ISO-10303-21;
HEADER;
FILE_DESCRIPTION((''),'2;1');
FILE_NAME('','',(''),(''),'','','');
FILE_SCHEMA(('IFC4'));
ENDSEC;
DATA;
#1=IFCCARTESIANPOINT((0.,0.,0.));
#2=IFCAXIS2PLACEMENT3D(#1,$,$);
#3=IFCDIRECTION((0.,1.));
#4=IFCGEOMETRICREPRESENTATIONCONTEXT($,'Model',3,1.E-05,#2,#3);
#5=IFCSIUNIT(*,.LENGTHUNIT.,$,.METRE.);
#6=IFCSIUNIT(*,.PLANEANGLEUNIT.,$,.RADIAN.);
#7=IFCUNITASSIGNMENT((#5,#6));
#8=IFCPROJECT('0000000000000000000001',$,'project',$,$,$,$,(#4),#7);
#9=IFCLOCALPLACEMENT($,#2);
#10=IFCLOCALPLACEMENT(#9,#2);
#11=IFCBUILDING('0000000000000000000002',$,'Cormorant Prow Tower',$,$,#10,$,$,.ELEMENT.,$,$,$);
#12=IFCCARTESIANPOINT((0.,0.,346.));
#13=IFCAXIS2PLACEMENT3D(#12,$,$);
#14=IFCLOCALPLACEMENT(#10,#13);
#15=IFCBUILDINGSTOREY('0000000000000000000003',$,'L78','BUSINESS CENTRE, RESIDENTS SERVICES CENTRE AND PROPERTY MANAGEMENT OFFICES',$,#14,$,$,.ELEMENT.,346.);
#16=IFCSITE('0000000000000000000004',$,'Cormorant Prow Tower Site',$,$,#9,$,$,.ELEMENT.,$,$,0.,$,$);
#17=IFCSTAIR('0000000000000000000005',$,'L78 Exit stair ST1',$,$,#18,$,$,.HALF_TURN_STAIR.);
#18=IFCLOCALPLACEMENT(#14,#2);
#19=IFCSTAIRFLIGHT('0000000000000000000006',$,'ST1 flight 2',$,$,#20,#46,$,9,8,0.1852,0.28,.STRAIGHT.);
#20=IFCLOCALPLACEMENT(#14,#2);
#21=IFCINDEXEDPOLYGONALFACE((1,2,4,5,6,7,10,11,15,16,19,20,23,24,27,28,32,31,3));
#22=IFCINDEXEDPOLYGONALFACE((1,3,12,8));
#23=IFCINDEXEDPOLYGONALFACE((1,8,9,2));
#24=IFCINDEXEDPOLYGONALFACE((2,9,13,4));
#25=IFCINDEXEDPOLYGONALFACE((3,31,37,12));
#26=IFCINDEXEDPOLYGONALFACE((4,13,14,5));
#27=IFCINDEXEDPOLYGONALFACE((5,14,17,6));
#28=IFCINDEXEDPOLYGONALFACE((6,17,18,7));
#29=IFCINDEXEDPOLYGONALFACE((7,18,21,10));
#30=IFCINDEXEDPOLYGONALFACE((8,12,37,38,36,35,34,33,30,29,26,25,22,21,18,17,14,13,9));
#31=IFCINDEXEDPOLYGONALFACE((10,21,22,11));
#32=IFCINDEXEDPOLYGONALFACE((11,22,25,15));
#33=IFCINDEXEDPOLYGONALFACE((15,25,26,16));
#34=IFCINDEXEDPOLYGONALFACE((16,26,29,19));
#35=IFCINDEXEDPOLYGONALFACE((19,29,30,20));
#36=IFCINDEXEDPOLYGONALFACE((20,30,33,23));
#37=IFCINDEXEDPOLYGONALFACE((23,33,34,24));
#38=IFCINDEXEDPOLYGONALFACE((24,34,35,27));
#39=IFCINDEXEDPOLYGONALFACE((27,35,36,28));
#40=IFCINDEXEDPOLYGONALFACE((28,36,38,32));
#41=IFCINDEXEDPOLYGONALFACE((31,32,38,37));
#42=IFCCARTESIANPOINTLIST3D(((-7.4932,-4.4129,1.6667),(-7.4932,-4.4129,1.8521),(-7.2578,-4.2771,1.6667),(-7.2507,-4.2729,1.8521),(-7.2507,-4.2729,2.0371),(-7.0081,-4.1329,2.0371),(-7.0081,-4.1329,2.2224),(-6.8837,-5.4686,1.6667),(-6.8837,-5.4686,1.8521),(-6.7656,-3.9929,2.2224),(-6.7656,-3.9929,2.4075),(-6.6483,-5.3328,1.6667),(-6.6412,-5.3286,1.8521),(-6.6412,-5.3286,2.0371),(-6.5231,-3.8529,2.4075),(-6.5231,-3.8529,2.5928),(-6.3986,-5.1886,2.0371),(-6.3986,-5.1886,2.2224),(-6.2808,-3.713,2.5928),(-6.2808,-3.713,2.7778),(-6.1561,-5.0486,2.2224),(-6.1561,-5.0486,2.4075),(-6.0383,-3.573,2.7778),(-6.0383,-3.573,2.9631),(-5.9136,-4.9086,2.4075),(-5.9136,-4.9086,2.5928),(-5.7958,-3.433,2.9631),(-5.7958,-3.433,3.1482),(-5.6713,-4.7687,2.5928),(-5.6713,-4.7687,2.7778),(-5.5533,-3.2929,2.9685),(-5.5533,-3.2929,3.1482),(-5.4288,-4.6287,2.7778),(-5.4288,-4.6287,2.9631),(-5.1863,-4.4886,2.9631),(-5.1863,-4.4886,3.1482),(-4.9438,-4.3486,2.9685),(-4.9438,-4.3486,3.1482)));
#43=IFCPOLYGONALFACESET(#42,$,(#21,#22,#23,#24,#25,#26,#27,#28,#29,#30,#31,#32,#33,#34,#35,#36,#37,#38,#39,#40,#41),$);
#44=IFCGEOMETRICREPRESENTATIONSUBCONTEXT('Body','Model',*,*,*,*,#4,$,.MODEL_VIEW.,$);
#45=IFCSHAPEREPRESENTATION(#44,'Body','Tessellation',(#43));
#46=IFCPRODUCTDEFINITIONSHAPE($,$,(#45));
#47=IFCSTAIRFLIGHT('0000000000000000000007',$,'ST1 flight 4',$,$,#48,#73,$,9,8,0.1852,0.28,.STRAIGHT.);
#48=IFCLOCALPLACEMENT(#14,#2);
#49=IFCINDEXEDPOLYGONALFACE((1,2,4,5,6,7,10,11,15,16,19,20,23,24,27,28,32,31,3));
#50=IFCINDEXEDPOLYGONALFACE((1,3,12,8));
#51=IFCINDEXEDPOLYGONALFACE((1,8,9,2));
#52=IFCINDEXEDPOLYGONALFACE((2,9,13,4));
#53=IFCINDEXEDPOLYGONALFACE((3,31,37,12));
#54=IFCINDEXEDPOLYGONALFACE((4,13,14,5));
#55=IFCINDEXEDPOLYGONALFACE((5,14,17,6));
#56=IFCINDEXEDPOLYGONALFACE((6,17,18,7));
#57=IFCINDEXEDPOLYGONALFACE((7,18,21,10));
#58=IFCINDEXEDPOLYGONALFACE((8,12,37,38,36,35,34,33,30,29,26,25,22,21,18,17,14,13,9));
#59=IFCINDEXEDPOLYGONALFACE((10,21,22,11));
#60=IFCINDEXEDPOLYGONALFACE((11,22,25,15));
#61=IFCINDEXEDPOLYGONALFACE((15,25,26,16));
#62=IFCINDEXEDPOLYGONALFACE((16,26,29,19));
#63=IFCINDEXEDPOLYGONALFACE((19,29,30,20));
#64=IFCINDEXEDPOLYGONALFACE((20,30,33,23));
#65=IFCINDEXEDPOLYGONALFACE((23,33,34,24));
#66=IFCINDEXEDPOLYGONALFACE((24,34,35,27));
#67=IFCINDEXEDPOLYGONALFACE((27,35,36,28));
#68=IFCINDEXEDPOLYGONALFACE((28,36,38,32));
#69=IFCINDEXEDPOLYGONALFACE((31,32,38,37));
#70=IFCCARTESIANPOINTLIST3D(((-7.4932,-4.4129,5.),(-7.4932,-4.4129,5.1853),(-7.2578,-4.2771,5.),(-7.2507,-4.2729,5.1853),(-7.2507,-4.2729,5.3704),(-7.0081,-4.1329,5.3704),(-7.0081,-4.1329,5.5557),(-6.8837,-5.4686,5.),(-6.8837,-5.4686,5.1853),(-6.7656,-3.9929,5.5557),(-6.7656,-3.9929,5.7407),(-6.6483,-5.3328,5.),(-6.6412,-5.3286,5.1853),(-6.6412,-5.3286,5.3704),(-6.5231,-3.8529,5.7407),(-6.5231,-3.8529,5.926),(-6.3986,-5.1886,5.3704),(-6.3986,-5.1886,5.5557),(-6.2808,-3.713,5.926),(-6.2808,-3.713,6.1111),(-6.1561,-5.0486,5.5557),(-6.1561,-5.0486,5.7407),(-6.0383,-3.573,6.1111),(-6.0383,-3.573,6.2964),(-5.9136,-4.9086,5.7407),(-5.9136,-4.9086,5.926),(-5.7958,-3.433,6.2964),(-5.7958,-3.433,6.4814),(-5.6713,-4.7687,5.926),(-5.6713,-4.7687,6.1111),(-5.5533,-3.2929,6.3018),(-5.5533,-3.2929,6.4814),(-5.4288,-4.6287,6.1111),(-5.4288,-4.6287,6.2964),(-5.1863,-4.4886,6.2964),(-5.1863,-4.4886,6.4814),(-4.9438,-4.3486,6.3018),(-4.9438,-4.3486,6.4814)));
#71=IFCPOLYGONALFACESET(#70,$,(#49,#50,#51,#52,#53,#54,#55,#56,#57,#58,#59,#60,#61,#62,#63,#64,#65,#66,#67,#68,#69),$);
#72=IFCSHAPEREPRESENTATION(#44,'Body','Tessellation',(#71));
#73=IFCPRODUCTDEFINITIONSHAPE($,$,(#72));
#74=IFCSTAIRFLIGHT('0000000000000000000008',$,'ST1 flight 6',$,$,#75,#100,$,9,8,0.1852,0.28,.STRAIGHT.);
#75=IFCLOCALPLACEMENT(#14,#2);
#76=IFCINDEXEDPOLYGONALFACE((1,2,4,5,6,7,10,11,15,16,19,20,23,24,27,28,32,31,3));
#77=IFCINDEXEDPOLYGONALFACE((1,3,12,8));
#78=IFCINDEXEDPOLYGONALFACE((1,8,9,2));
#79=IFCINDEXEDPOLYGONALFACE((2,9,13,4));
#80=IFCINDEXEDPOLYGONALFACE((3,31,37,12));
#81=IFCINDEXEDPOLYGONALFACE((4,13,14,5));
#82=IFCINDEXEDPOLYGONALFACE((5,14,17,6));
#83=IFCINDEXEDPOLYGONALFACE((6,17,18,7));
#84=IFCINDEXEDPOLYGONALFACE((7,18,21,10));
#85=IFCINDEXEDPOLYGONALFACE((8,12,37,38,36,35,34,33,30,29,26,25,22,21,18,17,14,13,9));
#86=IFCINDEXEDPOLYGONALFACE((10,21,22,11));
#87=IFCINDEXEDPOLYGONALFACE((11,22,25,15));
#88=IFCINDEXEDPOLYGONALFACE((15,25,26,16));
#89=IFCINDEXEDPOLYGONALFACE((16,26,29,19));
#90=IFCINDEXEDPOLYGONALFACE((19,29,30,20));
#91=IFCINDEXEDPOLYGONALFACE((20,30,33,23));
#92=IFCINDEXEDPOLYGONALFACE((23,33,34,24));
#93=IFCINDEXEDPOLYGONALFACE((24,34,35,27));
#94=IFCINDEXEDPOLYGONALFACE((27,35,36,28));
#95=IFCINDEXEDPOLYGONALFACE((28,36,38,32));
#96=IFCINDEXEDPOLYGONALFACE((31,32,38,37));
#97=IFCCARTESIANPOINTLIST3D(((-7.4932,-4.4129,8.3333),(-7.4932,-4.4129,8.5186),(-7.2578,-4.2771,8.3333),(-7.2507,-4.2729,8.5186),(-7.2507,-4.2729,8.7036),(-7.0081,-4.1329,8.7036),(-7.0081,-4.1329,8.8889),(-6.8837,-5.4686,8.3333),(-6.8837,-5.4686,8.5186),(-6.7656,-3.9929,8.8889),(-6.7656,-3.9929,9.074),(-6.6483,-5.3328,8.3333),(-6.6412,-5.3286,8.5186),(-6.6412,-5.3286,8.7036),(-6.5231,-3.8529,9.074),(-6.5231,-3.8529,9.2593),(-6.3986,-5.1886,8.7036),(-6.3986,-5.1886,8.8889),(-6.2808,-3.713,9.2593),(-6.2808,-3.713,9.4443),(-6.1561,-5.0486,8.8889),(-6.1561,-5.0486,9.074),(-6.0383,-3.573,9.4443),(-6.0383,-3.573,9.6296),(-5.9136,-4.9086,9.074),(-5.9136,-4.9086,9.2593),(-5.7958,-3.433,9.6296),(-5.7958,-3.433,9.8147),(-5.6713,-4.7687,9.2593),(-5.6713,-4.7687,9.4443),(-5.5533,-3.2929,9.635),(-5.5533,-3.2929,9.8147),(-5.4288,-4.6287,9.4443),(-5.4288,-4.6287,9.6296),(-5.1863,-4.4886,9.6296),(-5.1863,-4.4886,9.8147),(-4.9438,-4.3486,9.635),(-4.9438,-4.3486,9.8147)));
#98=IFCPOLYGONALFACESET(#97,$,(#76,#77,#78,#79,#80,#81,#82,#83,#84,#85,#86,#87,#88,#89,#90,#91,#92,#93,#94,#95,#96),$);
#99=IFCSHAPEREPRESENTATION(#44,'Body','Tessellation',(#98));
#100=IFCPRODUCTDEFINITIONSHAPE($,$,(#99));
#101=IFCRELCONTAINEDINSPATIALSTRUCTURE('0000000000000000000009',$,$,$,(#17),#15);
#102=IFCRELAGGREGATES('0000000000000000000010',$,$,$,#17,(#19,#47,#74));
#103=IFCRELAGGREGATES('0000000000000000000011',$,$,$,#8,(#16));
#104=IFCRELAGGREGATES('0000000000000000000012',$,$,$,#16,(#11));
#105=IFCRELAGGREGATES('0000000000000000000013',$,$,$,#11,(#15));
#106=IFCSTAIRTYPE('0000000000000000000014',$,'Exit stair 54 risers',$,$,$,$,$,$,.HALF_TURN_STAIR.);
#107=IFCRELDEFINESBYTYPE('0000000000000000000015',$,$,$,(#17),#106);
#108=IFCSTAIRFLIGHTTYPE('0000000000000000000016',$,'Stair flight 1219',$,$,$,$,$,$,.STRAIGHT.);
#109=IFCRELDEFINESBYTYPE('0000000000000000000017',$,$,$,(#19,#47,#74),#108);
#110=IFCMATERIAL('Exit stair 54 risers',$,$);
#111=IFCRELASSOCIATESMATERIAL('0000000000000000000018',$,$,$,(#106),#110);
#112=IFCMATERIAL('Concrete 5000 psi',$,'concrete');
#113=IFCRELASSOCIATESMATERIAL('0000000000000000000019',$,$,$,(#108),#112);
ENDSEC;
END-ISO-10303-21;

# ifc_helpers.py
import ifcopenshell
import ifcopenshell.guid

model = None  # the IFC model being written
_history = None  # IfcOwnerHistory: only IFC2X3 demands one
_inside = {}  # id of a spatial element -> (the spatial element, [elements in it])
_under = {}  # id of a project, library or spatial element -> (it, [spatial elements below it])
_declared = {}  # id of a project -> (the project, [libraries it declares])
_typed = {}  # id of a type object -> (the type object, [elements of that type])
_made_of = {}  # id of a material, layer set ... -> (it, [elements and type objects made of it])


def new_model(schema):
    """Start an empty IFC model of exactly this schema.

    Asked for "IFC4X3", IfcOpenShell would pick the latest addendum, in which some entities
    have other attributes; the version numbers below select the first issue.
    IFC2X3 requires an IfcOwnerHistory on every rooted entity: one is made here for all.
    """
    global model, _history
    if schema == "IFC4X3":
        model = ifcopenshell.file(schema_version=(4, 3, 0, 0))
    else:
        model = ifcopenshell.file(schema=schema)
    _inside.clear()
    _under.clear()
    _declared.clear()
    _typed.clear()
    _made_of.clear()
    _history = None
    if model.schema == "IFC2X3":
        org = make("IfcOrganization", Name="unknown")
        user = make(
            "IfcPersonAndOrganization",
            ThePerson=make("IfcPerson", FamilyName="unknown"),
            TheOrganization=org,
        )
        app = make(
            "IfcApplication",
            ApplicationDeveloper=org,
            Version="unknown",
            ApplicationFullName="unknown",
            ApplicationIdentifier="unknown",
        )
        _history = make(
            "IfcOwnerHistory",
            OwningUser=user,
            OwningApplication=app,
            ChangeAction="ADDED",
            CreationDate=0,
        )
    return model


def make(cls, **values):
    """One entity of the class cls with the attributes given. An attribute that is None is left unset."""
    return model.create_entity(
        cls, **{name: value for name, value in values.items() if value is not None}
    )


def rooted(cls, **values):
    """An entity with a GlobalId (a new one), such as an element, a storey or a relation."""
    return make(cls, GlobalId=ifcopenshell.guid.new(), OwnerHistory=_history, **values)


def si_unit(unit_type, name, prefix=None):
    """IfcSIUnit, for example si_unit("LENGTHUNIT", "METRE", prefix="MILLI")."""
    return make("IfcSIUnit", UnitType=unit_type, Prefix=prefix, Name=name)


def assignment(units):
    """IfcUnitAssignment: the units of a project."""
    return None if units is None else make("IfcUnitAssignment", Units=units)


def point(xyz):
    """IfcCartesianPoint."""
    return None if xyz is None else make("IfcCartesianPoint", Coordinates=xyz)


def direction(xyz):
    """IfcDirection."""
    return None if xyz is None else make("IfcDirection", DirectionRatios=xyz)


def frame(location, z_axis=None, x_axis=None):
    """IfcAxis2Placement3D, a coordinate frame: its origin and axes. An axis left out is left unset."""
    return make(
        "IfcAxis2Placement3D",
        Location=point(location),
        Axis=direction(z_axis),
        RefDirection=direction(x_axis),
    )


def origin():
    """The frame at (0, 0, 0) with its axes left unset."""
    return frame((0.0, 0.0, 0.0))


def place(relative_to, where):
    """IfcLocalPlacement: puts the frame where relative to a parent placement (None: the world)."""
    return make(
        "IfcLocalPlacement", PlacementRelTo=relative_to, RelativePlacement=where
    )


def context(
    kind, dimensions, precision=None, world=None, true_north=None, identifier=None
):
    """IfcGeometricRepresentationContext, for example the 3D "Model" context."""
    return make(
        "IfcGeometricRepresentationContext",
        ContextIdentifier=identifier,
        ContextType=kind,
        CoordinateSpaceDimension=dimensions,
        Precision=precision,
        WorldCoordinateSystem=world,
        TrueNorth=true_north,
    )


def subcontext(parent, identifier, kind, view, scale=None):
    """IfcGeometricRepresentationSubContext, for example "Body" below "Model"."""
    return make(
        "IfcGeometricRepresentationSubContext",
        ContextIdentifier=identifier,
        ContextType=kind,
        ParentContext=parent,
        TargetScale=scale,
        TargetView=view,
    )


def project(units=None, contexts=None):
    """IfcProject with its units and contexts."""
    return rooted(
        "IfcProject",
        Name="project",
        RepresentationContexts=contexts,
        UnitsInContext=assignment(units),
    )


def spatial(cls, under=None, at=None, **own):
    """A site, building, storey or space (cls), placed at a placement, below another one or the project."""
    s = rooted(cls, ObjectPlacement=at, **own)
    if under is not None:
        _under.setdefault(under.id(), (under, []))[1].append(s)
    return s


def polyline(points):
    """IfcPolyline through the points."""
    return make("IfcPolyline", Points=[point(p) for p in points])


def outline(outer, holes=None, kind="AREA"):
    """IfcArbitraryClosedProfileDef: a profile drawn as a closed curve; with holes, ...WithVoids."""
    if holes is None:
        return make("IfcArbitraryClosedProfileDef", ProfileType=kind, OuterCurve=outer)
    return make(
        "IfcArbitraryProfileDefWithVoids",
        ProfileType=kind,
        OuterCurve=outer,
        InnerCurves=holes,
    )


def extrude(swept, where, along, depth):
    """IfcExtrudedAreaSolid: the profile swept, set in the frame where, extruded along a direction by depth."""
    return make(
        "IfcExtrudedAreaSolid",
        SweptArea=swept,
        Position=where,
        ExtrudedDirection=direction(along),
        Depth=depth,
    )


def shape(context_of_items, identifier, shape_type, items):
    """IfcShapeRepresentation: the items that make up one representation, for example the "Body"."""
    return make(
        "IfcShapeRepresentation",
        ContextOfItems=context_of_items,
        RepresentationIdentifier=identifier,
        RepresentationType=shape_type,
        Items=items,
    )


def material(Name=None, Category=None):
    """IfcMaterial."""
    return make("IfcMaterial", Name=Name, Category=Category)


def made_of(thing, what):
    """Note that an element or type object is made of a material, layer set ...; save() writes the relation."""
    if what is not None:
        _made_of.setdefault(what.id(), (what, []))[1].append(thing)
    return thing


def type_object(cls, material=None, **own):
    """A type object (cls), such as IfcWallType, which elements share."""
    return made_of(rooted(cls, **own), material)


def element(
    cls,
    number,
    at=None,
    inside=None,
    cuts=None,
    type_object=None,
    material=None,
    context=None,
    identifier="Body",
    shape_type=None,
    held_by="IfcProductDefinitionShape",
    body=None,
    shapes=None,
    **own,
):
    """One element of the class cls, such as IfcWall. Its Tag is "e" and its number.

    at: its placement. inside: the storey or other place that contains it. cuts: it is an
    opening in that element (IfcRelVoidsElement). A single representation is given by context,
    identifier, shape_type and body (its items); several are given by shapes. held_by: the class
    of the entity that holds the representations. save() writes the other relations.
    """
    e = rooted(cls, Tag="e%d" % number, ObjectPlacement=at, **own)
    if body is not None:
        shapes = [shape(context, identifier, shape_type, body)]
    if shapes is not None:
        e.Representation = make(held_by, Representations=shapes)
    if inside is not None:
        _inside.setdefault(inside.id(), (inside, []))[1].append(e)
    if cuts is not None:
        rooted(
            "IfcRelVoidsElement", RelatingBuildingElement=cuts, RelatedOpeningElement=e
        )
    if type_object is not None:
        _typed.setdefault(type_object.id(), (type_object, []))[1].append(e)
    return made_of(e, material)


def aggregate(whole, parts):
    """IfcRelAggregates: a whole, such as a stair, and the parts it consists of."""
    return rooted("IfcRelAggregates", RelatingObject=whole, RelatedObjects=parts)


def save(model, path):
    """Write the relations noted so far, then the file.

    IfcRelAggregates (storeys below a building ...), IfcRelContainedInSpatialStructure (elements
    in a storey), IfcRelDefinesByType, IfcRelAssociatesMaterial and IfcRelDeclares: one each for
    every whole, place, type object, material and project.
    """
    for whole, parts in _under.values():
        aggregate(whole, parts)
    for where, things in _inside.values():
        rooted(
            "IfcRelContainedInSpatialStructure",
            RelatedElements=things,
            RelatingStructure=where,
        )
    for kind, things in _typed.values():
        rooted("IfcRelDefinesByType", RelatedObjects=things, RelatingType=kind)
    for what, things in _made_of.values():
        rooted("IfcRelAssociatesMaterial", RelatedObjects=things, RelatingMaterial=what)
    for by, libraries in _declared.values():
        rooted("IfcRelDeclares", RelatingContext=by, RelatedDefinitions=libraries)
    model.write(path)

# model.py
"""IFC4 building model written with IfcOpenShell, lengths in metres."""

from ifc_helpers import new_model, si_unit, direction, frame, origin, place, context, subcontext, project, spatial, polyline, outline, extrude, material, type_object, element, aggregate, save


model = new_model("IFC4")

# Units and contexts
model_context = context("Model", 3, precision=1e-05, world=origin(), true_north=direction((0.0, 1.0)))
body_context = subcontext(model_context, "Body", "Model", "MODEL_VIEW")
ifc_project = project(units=[si_unit("LENGTHUNIT", "METRE"), si_unit("PLANEANGLEUNIT", "RADIAN")], contexts=[model_context])

# Site, building, storey
site_placement = place(None, origin())
site = spatial("IfcSite", under=ifc_project, at=site_placement, Name="Cormorant Prow Tower Site", CompositionType="ELEMENT", RefElevation=0.0)
building_placement = place(site_placement, origin())
building = spatial("IfcBuilding", under=site, at=building_placement, Name="Cormorant Prow Tower", CompositionType="ELEMENT")
storey_placement = place(building_placement, frame((0.0, 0.0, 346.0)))
storey = spatial("IfcBuildingStorey", under=building, at=storey_placement, Name="L78", Description="BUSINESS CENTRE, RESIDENTS SERVICES CENTRE AND PROPERTY MANAGEMENT OFFICES", CompositionType="ELEMENT", Elevation=346.0)

# Stair, stair flights
ifc_material_1 = material(Name="Exit stair 54 risers")
stair_type = type_object("IfcStairType", Name="Exit stair 54 risers", PredefinedType="HALF_TURN_STAIR", material=ifc_material_1)
stair_placement = place(storey_placement, origin())
stair = element("IfcStair", 1, at=stair_placement, inside=storey, type_object=stair_type, Name="L78 Exit stair ST1", PredefinedType="HALF_TURN_STAIR")
ifc_material_2 = material(Name="Concrete 5000 psi", Category="concrete")
stair_flight_type = type_object("IfcStairFlightType", Name="Stair flight 1219", PredefinedType="STRAIGHT", material=ifc_material_2)
stair_flight_1_placement = place(storey_placement, frame((-7.1885, -4.9407, 1.6667), z_axis=(0.0, 0.0, 1.0), x_axis=(0.866025, 0.5, 0.0)))
stair_flight_1 = element("IfcStairFlight", 2, at=stair_flight_1_placement, type_object=stair_flight_type, Name="ST1 flight 2", NumberOfRisers=9, NumberOfTreads=8, PredefinedType="STRAIGHT", RiserHeight=0.1852, TreadLength=0.28, context=body_context, shape_type="SweptSolid", body=[
    extrude(outline(polyline([(0.0, 0.0), (0.0, 0.1853), (0.28, 0.1853), (0.28, 0.3704), (0.5601, 0.3704), (0.5601, 0.5557), (0.8401, 0.5557), (0.8401, 0.7407), (1.1201, 0.7407), (1.1201, 0.926), (1.3999, 0.926), (1.3999, 1.1111), (1.6799, 1.1111), (1.6799, 1.2964), (1.96, 1.2964), (1.96, 1.4814), (2.24, 1.4814), (2.24, 1.6667), (2.24, 1.3018), (0.2717, 0.0), (0.0, 0.0)])), frame((0.0, 0.6094, 0.0), z_axis=(0.0, -1.0, 0.0), x_axis=(1.0, 0.0, 0.0)), (0.0, 0.0, 1.0), 1.219),
])
stair_flight_2_placement = place(storey_placement, frame((-7.1885, -4.9407, 5.0), z_axis=(0.0, 0.0, 1.0), x_axis=(0.866025, 0.5, 0.0)))
stair_flight_2 = element("IfcStairFlight", 3, at=stair_flight_2_placement, type_object=stair_flight_type, Name="ST1 flight 4", NumberOfRisers=9, NumberOfTreads=8, PredefinedType="STRAIGHT", RiserHeight=0.1852, TreadLength=0.28, context=body_context, shape_type="SweptSolid", body=[
    extrude(outline(polyline([(0.0, 0.0), (0.0, 0.1853), (0.28, 0.1853), (0.28, 0.3704), (0.5601, 0.3704), (0.5601, 0.5557), (0.8401, 0.5557), (0.8401, 0.7407), (1.1201, 0.7407), (1.1201, 0.926), (1.3999, 0.926), (1.3999, 1.1111), (1.6799, 1.1111), (1.6799, 1.2964), (1.96, 1.2964), (1.96, 1.4814), (2.24, 1.4814), (2.24, 1.6667), (2.24, 1.3018), (0.2717, 0.0), (0.0, 0.0)])), frame((0.0, 0.6094, 0.0), z_axis=(0.0, -1.0, 0.0), x_axis=(1.0, 0.0, 0.0)), (0.0, 0.0, 1.0), 1.219),
])
stair_flight_3_placement = place(storey_placement, frame((-7.1885, -4.9407, 8.3333), z_axis=(0.0, 0.0, 1.0), x_axis=(0.866025, 0.5, 0.0)))
stair_flight_3 = element("IfcStairFlight", 4, at=stair_flight_3_placement, type_object=stair_flight_type, Name="ST1 flight 6", NumberOfRisers=9, NumberOfTreads=8, PredefinedType="STRAIGHT", RiserHeight=0.1852, TreadLength=0.28, context=body_context, shape_type="SweptSolid", body=[
    extrude(outline(polyline([(0.0, 0.0), (0.0, 0.1853), (0.28, 0.1853), (0.28, 0.3704), (0.5601, 0.3704), (0.5601, 0.5557), (0.8401, 0.5557), (0.8401, 0.7407), (1.1201, 0.7407), (1.1201, 0.926), (1.3999, 0.926), (1.3999, 1.1111), (1.6799, 1.1111), (1.6799, 1.2964), (1.96, 1.2964), (1.96, 1.4814), (2.24, 1.4814), (2.24, 1.6667), (2.24, 1.3018), (0.2717, 0.0), (0.0, 0.0)])), frame((0.0, 0.6094, 0.0), z_axis=(0.0, -1.0, 0.0), x_axis=(1.0, 0.0, 0.0)), (0.0, 0.0, 1.0), 1.219),
])
aggregate(stair, [stair_flight_1, stair_flight_2, stair_flight_3])

save(model, "model.ifc")
